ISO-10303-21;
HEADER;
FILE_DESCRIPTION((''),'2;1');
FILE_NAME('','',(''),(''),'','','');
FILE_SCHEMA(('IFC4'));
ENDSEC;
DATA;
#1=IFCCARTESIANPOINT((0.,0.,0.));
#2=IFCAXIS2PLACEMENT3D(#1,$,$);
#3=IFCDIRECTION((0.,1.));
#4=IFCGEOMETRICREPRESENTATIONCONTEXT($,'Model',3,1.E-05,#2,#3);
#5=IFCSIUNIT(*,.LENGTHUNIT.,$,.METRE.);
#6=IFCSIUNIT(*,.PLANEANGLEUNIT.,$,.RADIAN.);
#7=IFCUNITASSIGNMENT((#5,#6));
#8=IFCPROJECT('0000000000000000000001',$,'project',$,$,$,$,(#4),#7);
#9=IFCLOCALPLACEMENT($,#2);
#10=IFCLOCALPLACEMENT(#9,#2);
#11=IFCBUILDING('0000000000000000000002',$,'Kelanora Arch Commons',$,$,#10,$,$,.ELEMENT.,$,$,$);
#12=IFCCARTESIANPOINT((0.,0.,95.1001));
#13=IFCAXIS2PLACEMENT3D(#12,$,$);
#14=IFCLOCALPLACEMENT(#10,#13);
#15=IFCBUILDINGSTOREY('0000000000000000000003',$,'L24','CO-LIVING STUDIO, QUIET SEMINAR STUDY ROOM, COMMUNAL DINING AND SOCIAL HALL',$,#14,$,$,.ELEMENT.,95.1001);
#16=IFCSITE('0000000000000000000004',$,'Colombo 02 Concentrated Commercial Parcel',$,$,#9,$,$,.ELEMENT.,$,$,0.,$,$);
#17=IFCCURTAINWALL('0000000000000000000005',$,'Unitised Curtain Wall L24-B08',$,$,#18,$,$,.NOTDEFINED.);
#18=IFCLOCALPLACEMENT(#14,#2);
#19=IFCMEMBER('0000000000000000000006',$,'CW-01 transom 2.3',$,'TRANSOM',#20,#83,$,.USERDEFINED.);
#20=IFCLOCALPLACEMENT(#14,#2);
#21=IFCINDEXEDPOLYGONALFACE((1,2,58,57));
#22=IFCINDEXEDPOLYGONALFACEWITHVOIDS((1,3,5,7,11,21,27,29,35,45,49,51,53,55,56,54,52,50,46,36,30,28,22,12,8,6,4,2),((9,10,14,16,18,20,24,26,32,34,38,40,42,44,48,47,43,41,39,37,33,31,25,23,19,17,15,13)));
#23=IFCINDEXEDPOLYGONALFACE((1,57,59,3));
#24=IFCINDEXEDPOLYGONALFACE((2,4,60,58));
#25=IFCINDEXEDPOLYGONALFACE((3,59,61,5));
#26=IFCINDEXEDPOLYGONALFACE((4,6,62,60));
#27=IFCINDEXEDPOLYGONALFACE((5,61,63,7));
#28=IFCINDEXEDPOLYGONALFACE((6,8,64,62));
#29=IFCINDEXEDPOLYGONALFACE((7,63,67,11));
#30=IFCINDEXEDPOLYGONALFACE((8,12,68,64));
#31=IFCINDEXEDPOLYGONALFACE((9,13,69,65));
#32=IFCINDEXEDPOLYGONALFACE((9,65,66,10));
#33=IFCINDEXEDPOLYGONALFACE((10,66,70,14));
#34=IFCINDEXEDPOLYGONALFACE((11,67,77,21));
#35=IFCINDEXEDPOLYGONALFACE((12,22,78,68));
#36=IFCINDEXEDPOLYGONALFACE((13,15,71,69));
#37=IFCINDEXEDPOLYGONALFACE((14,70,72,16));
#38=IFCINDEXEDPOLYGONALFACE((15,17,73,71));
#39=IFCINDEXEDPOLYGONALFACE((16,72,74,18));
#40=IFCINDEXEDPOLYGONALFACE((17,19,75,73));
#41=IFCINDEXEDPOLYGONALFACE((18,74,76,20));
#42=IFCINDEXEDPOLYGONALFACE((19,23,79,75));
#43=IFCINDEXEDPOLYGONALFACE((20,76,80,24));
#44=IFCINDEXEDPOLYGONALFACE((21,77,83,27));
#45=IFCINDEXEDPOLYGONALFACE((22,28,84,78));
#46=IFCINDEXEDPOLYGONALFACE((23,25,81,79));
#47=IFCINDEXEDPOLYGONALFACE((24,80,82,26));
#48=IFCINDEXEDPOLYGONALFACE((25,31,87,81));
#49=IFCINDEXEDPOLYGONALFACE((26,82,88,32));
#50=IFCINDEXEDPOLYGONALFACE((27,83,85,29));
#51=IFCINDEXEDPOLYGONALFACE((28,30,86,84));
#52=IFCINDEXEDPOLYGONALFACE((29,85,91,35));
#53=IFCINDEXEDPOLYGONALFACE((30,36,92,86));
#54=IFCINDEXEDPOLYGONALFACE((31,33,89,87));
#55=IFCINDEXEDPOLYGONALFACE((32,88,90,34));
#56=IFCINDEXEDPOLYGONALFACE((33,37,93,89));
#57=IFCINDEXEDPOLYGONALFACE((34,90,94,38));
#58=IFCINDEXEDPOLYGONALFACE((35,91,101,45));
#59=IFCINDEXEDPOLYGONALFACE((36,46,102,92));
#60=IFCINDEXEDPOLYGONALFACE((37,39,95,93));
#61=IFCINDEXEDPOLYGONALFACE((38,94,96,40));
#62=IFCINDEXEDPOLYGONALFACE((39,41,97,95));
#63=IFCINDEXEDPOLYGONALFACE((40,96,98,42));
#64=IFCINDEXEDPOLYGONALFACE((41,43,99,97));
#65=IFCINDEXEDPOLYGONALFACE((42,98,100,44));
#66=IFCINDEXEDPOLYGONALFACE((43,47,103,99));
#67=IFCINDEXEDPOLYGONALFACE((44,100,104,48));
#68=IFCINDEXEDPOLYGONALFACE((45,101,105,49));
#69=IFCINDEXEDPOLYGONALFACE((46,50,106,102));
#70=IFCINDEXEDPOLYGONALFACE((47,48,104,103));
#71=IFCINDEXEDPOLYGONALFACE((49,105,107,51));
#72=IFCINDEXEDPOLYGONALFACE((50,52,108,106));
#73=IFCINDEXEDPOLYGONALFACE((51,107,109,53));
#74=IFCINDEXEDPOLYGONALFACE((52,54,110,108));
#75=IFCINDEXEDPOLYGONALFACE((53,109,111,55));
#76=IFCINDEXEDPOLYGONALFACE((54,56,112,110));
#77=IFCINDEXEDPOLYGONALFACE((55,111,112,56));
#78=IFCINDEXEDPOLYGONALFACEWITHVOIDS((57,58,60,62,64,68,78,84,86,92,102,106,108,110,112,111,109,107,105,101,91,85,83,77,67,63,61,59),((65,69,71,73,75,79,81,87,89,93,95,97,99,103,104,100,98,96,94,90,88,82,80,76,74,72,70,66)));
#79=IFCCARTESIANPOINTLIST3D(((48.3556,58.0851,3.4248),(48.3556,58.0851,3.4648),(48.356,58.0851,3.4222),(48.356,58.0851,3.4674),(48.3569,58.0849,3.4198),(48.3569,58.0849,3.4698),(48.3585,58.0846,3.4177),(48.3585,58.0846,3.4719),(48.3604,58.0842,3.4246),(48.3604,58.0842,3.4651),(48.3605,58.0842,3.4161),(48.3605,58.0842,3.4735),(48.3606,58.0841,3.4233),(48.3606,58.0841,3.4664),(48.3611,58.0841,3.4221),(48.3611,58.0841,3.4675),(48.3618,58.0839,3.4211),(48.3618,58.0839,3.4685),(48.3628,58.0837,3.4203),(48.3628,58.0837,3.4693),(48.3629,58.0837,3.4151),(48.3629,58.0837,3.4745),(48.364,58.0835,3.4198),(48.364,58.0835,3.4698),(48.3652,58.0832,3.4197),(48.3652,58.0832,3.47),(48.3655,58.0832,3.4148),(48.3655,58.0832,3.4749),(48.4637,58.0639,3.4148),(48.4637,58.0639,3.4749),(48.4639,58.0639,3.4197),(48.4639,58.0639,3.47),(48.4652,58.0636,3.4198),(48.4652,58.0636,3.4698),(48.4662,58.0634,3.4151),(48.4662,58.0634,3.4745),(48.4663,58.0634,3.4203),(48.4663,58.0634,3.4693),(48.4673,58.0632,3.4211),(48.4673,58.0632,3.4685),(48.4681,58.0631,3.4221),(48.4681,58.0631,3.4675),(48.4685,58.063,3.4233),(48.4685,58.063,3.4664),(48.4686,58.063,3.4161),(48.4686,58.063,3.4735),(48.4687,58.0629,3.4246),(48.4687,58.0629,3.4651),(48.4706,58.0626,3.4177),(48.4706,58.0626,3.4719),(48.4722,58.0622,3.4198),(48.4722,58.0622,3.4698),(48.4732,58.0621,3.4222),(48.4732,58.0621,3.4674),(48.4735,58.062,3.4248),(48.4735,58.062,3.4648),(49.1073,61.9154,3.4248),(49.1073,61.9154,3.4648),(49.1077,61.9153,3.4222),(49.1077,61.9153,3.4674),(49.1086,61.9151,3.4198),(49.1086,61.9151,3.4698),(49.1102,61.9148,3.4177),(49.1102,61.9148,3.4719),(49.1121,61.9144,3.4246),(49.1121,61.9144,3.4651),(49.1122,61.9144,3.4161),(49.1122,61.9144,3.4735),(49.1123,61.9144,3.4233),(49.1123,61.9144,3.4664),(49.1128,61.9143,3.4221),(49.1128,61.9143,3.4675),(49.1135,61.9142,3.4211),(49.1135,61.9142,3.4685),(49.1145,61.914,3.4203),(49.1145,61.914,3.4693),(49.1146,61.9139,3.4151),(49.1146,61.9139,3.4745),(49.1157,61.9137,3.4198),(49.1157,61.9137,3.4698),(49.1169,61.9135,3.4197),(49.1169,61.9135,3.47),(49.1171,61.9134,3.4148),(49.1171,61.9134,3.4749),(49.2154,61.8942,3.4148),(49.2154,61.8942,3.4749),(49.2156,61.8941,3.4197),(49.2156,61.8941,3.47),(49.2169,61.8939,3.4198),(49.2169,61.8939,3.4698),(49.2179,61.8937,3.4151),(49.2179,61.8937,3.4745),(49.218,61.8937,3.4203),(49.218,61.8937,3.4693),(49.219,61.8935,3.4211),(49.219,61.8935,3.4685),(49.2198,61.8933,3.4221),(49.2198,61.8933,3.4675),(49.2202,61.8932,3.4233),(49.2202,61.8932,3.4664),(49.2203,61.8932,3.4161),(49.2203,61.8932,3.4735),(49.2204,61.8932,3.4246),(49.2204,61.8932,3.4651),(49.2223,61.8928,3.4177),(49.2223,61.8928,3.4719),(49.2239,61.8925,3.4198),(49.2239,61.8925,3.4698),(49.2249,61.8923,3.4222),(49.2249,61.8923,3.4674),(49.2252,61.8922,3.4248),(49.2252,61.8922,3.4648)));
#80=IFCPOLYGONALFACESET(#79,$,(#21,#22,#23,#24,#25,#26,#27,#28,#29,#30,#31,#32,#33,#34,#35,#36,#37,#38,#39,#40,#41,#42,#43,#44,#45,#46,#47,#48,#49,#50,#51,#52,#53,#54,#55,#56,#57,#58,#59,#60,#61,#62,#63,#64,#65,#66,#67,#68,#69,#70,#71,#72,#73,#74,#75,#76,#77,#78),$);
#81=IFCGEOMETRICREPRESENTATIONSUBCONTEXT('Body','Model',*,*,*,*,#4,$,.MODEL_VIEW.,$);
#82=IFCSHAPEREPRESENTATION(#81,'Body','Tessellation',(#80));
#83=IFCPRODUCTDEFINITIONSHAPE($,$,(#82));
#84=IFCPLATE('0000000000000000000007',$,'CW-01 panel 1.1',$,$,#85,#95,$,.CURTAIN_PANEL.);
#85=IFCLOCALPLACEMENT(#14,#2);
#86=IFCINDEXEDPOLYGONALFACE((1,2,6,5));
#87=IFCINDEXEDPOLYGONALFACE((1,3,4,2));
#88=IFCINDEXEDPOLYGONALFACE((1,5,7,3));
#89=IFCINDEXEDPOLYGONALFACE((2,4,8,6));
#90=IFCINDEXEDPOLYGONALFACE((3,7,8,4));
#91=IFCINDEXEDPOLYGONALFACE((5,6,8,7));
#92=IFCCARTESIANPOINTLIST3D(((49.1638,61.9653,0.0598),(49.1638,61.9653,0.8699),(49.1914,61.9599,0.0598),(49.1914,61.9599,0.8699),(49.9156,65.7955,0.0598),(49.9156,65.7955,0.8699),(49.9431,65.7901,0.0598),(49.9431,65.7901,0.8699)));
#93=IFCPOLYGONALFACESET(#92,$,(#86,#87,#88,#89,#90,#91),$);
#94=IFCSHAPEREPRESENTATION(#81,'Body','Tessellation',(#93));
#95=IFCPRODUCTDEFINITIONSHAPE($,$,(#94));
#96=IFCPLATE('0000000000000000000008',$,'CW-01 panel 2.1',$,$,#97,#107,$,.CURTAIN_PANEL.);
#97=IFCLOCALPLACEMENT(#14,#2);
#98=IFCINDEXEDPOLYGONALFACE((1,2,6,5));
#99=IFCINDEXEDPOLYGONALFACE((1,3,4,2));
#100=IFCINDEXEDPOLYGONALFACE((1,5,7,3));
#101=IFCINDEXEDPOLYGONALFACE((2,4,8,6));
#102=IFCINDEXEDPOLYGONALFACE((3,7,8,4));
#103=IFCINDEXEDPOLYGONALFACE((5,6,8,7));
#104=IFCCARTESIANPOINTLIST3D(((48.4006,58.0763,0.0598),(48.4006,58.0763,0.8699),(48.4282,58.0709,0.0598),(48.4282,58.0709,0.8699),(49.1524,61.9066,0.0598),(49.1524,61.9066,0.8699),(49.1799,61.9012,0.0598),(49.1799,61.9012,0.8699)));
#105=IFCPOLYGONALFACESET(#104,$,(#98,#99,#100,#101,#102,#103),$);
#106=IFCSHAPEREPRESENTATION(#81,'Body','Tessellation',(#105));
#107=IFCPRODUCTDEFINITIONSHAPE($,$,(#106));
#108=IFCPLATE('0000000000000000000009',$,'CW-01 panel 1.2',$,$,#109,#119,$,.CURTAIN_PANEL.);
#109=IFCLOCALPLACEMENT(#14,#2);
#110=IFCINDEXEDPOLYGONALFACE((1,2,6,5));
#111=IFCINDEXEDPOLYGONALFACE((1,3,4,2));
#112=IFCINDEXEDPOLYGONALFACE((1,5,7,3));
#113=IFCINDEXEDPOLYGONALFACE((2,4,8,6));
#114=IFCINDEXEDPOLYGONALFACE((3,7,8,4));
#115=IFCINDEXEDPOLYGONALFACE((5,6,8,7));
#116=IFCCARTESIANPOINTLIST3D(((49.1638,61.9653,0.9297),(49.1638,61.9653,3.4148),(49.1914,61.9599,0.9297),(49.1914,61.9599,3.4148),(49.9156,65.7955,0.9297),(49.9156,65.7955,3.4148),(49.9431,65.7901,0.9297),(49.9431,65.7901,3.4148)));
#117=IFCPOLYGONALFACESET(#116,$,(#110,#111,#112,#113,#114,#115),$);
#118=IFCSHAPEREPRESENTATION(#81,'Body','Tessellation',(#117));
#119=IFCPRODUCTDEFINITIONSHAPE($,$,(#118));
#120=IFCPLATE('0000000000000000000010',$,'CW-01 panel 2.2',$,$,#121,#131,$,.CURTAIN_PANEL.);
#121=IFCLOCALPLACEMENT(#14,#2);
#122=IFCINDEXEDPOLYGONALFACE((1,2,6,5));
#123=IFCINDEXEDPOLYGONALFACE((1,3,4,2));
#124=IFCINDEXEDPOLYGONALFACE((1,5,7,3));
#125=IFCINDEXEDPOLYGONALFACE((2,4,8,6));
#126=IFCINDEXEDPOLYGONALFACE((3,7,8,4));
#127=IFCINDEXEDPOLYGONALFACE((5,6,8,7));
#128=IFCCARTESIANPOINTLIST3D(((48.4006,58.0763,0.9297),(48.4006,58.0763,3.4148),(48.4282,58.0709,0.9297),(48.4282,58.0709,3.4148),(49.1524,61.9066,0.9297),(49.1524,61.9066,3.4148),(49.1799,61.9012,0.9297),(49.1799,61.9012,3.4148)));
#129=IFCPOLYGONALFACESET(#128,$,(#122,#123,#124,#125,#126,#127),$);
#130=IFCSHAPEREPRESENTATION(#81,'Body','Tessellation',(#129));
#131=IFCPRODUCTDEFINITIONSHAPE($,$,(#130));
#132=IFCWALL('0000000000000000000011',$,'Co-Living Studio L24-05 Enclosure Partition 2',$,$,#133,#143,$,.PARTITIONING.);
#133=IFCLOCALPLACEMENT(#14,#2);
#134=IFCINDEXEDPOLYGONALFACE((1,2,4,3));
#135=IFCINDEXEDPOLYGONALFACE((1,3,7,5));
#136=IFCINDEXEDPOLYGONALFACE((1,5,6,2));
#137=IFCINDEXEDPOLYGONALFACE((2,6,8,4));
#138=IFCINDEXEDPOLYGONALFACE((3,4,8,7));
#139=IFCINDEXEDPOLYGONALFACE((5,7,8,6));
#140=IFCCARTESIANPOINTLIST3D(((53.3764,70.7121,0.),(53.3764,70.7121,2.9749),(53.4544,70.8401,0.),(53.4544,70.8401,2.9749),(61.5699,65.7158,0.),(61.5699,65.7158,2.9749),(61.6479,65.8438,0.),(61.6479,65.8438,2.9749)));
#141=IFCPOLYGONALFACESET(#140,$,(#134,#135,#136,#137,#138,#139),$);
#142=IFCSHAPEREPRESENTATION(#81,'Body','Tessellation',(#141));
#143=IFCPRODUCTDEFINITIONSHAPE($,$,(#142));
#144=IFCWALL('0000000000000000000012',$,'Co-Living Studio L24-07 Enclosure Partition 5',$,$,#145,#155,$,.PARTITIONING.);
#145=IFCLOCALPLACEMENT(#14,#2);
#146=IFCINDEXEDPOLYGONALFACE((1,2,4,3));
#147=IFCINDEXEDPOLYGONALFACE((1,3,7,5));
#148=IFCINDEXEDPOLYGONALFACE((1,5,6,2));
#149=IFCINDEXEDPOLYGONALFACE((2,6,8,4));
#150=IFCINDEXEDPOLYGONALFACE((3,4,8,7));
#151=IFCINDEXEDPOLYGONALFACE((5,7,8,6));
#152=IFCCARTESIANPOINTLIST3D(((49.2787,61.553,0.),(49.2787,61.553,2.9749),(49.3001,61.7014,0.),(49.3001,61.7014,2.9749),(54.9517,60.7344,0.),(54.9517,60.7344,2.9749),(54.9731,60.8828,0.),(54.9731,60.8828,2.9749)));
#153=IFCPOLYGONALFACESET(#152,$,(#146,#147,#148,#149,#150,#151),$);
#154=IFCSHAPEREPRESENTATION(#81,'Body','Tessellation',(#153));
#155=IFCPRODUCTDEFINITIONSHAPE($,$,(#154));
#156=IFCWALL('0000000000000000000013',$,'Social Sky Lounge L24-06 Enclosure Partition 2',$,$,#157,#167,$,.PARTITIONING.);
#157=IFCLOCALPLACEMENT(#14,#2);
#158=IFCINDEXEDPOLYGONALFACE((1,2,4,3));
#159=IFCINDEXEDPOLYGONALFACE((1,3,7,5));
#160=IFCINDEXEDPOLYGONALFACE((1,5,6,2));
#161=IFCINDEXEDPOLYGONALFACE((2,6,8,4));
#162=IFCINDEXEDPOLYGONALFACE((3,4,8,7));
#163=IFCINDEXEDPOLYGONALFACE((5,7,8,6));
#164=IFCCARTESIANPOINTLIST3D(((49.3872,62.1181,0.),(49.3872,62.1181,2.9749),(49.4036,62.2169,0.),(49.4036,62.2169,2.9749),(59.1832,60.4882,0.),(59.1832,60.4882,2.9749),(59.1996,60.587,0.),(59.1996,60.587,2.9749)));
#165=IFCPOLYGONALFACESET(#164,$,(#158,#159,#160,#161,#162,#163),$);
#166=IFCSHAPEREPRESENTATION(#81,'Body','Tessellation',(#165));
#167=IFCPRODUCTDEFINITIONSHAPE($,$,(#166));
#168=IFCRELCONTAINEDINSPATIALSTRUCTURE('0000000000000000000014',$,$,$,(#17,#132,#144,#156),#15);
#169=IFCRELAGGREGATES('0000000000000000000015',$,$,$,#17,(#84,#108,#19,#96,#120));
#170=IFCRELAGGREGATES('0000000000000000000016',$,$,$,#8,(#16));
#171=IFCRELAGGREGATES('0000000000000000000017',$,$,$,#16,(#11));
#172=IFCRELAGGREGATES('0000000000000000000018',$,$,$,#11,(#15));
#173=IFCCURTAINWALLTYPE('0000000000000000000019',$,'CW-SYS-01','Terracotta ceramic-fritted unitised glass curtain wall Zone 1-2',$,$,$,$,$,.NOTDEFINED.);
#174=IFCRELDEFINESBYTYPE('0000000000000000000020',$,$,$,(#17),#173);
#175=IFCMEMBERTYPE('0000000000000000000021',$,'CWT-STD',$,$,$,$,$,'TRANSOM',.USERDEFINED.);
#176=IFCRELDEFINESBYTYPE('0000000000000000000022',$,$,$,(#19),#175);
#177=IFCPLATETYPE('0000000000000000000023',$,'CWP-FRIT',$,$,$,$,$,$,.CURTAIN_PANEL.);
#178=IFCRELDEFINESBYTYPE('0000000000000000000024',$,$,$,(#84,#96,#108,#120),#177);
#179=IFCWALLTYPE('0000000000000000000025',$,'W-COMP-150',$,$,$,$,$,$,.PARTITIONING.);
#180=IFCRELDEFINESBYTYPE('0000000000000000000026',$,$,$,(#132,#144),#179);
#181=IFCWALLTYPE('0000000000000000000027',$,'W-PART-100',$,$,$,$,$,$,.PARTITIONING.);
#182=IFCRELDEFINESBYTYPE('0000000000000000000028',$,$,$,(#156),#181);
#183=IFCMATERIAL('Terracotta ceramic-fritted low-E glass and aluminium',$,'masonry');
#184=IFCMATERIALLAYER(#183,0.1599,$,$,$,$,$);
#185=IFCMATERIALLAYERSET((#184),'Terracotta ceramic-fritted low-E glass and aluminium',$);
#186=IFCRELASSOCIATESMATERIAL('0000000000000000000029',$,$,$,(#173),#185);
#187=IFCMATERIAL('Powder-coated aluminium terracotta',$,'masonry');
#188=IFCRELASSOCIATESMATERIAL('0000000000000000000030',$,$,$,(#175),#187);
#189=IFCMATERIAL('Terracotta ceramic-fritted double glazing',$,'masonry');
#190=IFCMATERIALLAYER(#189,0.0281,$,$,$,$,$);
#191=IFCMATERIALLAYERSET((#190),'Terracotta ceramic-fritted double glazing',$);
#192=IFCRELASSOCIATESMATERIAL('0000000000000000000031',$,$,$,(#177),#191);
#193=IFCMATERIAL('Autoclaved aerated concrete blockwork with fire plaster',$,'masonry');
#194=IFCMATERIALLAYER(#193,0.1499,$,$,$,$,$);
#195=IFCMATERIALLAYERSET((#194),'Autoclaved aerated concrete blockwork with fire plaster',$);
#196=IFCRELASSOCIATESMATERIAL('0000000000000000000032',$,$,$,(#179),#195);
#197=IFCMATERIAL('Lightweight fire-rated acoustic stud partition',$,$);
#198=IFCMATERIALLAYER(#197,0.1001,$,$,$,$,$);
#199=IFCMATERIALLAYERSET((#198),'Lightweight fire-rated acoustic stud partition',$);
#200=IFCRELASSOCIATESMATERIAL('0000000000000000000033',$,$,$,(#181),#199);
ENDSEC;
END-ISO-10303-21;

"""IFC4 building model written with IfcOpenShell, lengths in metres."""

from ifc_helpers import new_model, si_unit, direction, frame, frame_2d, origin, origin_2d, place, context, subcontext, project, spatial, rectangle, hollow_rectangle, extrude, source, transform, mapped, material, layer, layer_set, material_profile, profile_set, type_object, element, aggregate, save


model = new_model("IFC4")

# Units and contexts
model_context = context("Model", 3, precision=1e-05, world=origin(), true_north=direction((0.0, 1.0)))
body_context = subcontext(model_context, "Body", "Model", "MODEL_VIEW")
ifc_project = project(units=[si_unit("LENGTHUNIT", "METRE"), si_unit("PLANEANGLEUNIT", "RADIAN")], contexts=[model_context])

# Site, building, storey
site_placement = place(None, origin())
site = spatial("IfcSite", under=ifc_project, at=site_placement, Name="Colombo 02 Concentrated Commercial Parcel", CompositionType="ELEMENT", RefElevation=0.0)
building_placement = place(site_placement, origin())
building = spatial("IfcBuilding", under=site, at=building_placement, Name="Kelanora Arch Commons", CompositionType="ELEMENT")
storey_placement = place(building_placement, frame((0.0, 0.0, 95.1001)))
storey = spatial("IfcBuildingStorey", under=building, at=storey_placement, Name="L24", Description="CO-LIVING STUDIO, QUIET SEMINAR STUDY ROOM, COMMUNAL DINING AND SOCIAL HALL", CompositionType="ELEMENT", Elevation=95.1001)

# Curtain wall, member, plates
ifc_material_1 = material(Name="Terracotta ceramic-fritted low-E glass and aluminium", Category="masonry")
ifc_layer_1 = layer(ifc_material_1, 0.1599)
ifc_layer_set_1 = layer_set([ifc_layer_1], Name="Terracotta ceramic-fritted low-E glass and aluminium")
curtain_wall_type = type_object("IfcCurtainWallType", Name="CW-SYS-01", Description="Terracotta ceramic-fritted unitised glass curtain wall Zone 1-2", PredefinedType="NOTDEFINED", material=ifc_layer_set_1)
curtain_wall_placement = place(storey_placement, origin())
curtain_wall = element("IfcCurtainWall", 1, at=curtain_wall_placement, inside=storey, type_object=curtain_wall_type, Name="Unitised Curtain Wall L24-B08", PredefinedType="NOTDEFINED")
ifc_material_2 = material(Name="Powder-coated aluminium terracotta", Category="masonry")
ifc_material_profile_1 = material_profile(ifc_material_2, hollow_rectangle(XDim=0.1201, YDim=0.0601, WallThickness=0.0049, InnerFilletRadius=0.0049, OuterFilletRadius=0.01, at=origin_2d()), Name="CWT120x60")
ifc_profile_set_1 = profile_set([ifc_material_profile_1], Name="Powder-coated aluminium terracotta")
member_type_1 = type_object("IfcMemberType", Name="CWT-STD", ElementType="TRANSOM", PredefinedType="USERDEFINED", material=ifc_profile_set_1)
member_1_placement = place(storey_placement, frame((49.1663, 61.9038, 3.4448), z_axis=(-0.192579, -0.981282, 0.0), x_axis=(0.981282, -0.192579, 0.0)))
member_1 = element("IfcMember", 2, at=member_1_placement, type_object=member_type_1, Name="CW-01 transom 2.3", ObjectType="TRANSOM", PredefinedType="USERDEFINED", context=body_context, shape_type="SweptSolid", body=[
    extrude(hollow_rectangle(XDim=0.1201, YDim=0.0601, WallThickness=0.0049, InnerFilletRadius=0.0049, OuterFilletRadius=0.01, at=origin_2d()), origin(), (0.0, 0.0, 1.0), 3.9033),
])
ifc_material_3 = material(Name="Terracotta ceramic-fritted double glazing", Category="masonry")
ifc_layer_2 = layer(ifc_material_3, 0.0281)
ifc_layer_set_2 = layer_set([ifc_layer_2], Name="Terracotta ceramic-fritted double glazing")
plate_type = type_object("IfcPlateType", Name="CWP-FRIT", PredefinedType="CURTAIN_PANEL", material=ifc_layer_set_2)
shared_shape_1 = source(origin(), body_context, "Body", "SweptSolid", [
    extrude(rectangle(XDim=3.9033, YDim=0.0281, at=origin_2d()), origin(), (0.0, 0.0, 1.0), 0.8101),
])
plate_1_placement = place(storey_placement, frame((49.5535, 63.8777, 0.0598), z_axis=(0.0, 0.0, 1.0), x_axis=(-0.192585, -0.98128, 0.0)))
plate_1 = element("IfcPlate", 3, at=plate_1_placement, type_object=plate_type, Name="CW-01 panel 1.1", PredefinedType="CURTAIN_PANEL", context=body_context, shape_type="MappedRepresentation", body=[
    mapped(shared_shape_1, transform((0.0, 0.0, 0.0), scale=1.0)),
])
plate_2_placement = place(storey_placement, frame((48.7903, 59.9888, 0.0598), z_axis=(0.0, 0.0, 1.0), x_axis=(-0.192585, -0.98128, 0.0)))
plate_2 = element("IfcPlate", 4, at=plate_2_placement, type_object=plate_type, Name="CW-01 panel 2.1", PredefinedType="CURTAIN_PANEL", context=body_context, shape_type="MappedRepresentation", body=[
    mapped(shared_shape_1, transform((0.0, 0.0, 0.0), scale=1.0)),
])
shared_shape_2 = source(origin(), body_context, "Body", "SweptSolid", [
    extrude(rectangle(XDim=3.9033, YDim=0.0281, at=origin_2d()), origin(), (0.0, 0.0, 1.0), 2.4851),
])
plate_3_placement = place(storey_placement, frame((49.5535, 63.8777, 0.9297), z_axis=(0.0, 0.0, 1.0), x_axis=(-0.192585, -0.98128, 0.0)))
plate_3 = element("IfcPlate", 5, at=plate_3_placement, type_object=plate_type, Name="CW-01 panel 1.2", PredefinedType="CURTAIN_PANEL", context=body_context, shape_type="MappedRepresentation", body=[
    mapped(shared_shape_2, transform((0.0, 0.0, 0.0), scale=1.0)),
])
plate_4_placement = place(storey_placement, frame((48.7903, 59.9888, 0.9297), z_axis=(0.0, 0.0, 1.0), x_axis=(-0.192585, -0.98128, 0.0)))
plate_4 = element("IfcPlate", 6, at=plate_4_placement, type_object=plate_type, Name="CW-01 panel 2.2", PredefinedType="CURTAIN_PANEL", context=body_context, shape_type="MappedRepresentation", body=[
    mapped(shared_shape_2, transform((0.0, 0.0, 0.0), scale=1.0)),
])
aggregate(curtain_wall, [plate_1, plate_3, member_1, plate_2, plate_4])

# Walls
ifc_material_4 = material(Name="Autoclaved aerated concrete blockwork with fire plaster", Category="masonry")
ifc_layer_3 = layer(ifc_material_4, 0.1499)
ifc_layer_set_3 = layer_set([ifc_layer_3], Name="Autoclaved aerated concrete blockwork with fire plaster")
wall_type_1 = type_object("IfcWallType", Name="W-COMP-150", PredefinedType="PARTITIONING", material=ifc_layer_set_3)
wall_1_placement = place(storey_placement, frame((61.6089, 65.7798, 0.0), z_axis=(0.0, 0.0, 1.0), x_axis=(-0.853785, 0.520626, 0.0)))
element("IfcWall", 7, at=wall_1_placement, inside=storey, type_object=wall_type_1, Name="Co-Living Studio L24-05 Enclosure Partition 2", PredefinedType="PARTITIONING", context=body_context, shape_type="SweptSolid", body=[
    extrude(rectangle(XDim=9.5967, YDim=0.1499, at=frame_2d((4.7983, 0.0))), origin(), (0.0, 0.0, 1.0), 2.9749),
])
wall_2_placement = place(storey_placement, frame((49.2896, 61.6272, 0.0), z_axis=(0.0, 0.0, 1.0), x_axis=(0.989748, -0.142823, 0.0)))
element("IfcWall", 8, at=wall_2_placement, inside=storey, type_object=wall_type_1, Name="Co-Living Studio L24-07 Enclosure Partition 5", PredefinedType="PARTITIONING", context=body_context, shape_type="SweptSolid", body=[
    extrude(rectangle(XDim=5.7317, YDim=0.1499, at=frame_2d((2.8657, 0.0))), origin(), (0.0, 0.0, 1.0), 2.9749),
])
ifc_material_5 = material(Name="Lightweight fire-rated acoustic stud partition")
ifc_layer_4 = layer(ifc_material_5, 0.1001)
ifc_layer_set_4 = layer_set([ifc_layer_4], Name="Lightweight fire-rated acoustic stud partition")
wall_type_2 = type_object("IfcWallType", Name="W-PART-100", PredefinedType="PARTITIONING", material=ifc_layer_set_4)
wall_3_placement = place(storey_placement, frame((59.1914, 60.5376, 0.0), z_axis=(0.0, 0.0, 1.0), x_axis=(-0.986439, 0.164128, 0.0)))
element("IfcWall", 9, at=wall_3_placement, inside=storey, type_object=wall_type_2, Name="Social Sky Lounge L24-06 Enclosure Partition 2", PredefinedType="PARTITIONING", context=body_context, shape_type="SweptSolid", body=[
    extrude(rectangle(XDim=9.9307, YDim=0.1001, at=frame_2d((4.9653, 0.0))), origin(), (0.0, 0.0, 1.0), 2.9749),
])

save(model, "model.ifc")
